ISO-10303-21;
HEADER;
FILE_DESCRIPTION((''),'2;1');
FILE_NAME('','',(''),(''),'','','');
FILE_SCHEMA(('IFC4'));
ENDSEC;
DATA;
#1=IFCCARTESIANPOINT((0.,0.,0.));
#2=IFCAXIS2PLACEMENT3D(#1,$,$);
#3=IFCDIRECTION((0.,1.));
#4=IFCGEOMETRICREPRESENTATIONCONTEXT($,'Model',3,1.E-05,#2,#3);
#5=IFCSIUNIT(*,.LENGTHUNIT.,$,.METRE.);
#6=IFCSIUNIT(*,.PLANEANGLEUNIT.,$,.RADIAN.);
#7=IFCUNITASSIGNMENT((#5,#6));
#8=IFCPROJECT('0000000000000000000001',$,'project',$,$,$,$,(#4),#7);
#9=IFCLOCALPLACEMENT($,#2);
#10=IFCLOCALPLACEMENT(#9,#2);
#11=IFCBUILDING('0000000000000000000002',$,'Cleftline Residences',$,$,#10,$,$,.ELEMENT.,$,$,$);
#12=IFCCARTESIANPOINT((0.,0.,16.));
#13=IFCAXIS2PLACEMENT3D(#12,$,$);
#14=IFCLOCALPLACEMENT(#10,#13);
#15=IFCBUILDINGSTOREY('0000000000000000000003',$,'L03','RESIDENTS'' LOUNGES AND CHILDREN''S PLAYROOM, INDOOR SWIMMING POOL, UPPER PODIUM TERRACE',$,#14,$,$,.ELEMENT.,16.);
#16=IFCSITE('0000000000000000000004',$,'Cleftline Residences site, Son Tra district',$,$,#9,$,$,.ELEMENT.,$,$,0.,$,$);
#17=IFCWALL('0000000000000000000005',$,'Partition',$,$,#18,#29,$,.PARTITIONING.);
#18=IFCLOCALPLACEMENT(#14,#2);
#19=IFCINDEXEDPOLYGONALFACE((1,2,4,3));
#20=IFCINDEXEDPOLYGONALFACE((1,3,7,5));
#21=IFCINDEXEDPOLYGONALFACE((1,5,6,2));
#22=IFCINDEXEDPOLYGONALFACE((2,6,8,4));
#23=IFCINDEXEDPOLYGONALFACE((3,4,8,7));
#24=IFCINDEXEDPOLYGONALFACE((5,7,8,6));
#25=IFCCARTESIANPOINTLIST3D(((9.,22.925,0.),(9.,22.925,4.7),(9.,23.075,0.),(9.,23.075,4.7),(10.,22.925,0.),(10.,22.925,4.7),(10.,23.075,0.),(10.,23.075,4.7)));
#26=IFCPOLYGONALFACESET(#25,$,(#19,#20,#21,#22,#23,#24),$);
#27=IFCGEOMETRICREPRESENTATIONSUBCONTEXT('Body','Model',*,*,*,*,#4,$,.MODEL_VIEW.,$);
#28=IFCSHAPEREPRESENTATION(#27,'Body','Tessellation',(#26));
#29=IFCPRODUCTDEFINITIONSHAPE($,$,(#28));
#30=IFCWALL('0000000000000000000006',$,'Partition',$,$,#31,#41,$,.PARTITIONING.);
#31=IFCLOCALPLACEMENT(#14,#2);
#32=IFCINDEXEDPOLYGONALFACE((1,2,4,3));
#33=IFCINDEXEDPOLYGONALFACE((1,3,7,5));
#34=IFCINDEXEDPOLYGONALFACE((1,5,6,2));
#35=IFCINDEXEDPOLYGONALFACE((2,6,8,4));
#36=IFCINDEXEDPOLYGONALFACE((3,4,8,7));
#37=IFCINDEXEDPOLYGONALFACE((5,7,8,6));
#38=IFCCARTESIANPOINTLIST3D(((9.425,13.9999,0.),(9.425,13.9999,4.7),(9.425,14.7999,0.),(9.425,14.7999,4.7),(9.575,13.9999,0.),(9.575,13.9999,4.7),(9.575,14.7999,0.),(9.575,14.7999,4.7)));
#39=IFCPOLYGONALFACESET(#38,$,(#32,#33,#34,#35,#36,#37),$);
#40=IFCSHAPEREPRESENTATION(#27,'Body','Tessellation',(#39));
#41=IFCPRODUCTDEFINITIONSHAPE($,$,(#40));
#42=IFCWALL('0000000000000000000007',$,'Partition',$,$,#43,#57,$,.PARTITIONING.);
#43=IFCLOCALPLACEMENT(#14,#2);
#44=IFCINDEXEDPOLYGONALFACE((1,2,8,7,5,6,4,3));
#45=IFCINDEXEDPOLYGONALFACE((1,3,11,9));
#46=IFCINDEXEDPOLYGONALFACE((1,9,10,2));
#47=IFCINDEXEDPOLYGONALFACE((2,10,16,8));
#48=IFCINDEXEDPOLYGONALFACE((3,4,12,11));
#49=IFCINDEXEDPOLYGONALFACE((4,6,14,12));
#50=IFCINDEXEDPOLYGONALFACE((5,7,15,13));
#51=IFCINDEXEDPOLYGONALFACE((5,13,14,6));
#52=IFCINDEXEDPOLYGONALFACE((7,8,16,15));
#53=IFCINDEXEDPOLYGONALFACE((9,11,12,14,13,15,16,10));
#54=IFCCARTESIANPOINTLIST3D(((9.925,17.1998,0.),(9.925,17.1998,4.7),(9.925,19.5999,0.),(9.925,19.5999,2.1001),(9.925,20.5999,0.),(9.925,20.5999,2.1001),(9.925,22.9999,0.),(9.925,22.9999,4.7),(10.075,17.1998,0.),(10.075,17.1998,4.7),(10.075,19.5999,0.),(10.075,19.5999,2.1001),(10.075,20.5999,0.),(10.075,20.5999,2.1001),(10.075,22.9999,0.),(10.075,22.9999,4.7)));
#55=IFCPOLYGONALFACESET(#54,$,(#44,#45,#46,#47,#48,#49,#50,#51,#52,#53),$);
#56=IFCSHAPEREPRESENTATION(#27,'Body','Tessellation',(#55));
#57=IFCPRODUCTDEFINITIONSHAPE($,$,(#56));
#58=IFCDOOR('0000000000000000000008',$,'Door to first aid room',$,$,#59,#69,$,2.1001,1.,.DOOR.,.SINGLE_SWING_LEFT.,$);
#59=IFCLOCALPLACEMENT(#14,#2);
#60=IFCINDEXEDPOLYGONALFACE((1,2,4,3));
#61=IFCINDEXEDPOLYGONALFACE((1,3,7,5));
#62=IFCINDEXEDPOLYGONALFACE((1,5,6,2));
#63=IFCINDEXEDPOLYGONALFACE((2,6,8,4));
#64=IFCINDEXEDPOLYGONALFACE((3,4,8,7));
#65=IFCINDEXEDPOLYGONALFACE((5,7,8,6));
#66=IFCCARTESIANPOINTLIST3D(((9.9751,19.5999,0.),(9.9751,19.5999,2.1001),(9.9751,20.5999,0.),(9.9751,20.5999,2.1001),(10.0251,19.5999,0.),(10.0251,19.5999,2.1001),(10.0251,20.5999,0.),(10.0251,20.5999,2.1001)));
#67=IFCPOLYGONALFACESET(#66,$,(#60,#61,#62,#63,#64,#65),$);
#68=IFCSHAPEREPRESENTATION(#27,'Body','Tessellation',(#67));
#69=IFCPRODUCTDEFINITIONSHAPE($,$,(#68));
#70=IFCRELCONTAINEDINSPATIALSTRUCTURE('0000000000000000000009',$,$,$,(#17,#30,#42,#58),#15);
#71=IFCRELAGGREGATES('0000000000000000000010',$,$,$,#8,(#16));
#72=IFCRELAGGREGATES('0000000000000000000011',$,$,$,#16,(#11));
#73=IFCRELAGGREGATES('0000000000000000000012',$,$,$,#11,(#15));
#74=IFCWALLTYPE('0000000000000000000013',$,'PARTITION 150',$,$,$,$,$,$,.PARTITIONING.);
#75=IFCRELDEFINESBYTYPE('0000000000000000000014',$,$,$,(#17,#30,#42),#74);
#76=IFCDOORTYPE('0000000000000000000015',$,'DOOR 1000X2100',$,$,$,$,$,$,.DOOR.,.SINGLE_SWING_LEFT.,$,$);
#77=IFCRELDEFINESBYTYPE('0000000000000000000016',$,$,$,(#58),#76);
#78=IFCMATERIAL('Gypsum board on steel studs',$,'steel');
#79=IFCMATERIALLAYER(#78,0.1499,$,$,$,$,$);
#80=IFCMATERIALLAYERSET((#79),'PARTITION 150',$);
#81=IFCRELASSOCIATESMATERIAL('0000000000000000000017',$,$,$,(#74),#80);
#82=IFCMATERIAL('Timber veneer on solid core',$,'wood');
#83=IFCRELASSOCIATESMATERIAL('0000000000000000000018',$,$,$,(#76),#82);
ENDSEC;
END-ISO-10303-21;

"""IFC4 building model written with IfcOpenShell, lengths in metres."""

from ifc_helpers import new_model, si_unit, direction, frame, frame_2d, origin, place, context, subcontext, project, spatial, rectangle, extrude, material, layer, layer_set, type_object, element, fill, save


model = new_model("IFC4")

# Units and contexts
model_context = context("Model", 3, precision=1e-05, world=origin(), true_north=direction((0.0, 1.0)))
body_context = subcontext(model_context, "Body", "Model", "MODEL_VIEW")
ifc_project = project(units=[si_unit("LENGTHUNIT", "METRE"), si_unit("PLANEANGLEUNIT", "RADIAN")], contexts=[model_context])

# Site, building, storey
site_placement = place(None, origin())
site = spatial("IfcSite", under=ifc_project, at=site_placement, Name="Cleftline Residences site, Son Tra district", CompositionType="ELEMENT", RefElevation=0.0)
building_placement = place(site_placement, origin())
building = spatial("IfcBuilding", under=site, at=building_placement, Name="Cleftline Residences", CompositionType="ELEMENT")
storey_placement = place(building_placement, frame((0.0, 0.0, 16.0)))
storey = spatial("IfcBuildingStorey", under=building, at=storey_placement, Name="L03", Description="RESIDENTS' LOUNGES AND CHILDREN'S PLAYROOM, INDOOR SWIMMING POOL, UPPER PODIUM TERRACE", CompositionType="ELEMENT", Elevation=16.0)

# Shared definitions
ifc_material_1 = material(Name="Gypsum board on steel studs", Category="steel")
ifc_layer_1 = layer(ifc_material_1, 0.1499)
ifc_layer_set_1 = layer_set([ifc_layer_1], Name="PARTITION 150")
wall_type_1 = type_object("IfcWallType", Name="PARTITION 150", PredefinedType="PARTITIONING", material=ifc_layer_set_1)

# Walls
wall_1_placement = place(storey_placement, frame((9.0, 23.0, 0.0), z_axis=(0.0, 0.0, 1.0), x_axis=(1.0, 0.0, 0.0)))
element("IfcWall", 1, at=wall_1_placement, inside=storey, type_object=wall_type_1, Name="Partition", PredefinedType="PARTITIONING", context=body_context, shape_type="SweptSolid", body=[
    extrude(rectangle(XDim=1.0, YDim=0.1499, at=frame_2d((0.5, 0.0))), origin(), (0.0, 0.0, 1.0), 4.7),
])
wall_2_placement = place(storey_placement, frame((9.5, 14.0, 0.0), z_axis=(0.0, 0.0, 1.0), x_axis=(0.0, 1.0, 0.0)))
element("IfcWall", 2, at=wall_2_placement, inside=storey, type_object=wall_type_1, Name="Partition", PredefinedType="PARTITIONING", context=body_context, shape_type="SweptSolid", body=[
    extrude(rectangle(XDim=0.8, YDim=0.1499, at=frame_2d((0.3999, 0.0))), origin(), (0.0, 0.0, 1.0), 4.7),
])

# Wall, opening, door
wall_3_placement = place(storey_placement, frame((10.0, 17.2, 0.0), z_axis=(0.0, 0.0, 1.0), x_axis=(0.0, 1.0, 0.0)))
wall_3 = element("IfcWall", 3, at=wall_3_placement, inside=storey, type_object=wall_type_1, Name="Partition", PredefinedType="PARTITIONING", context=body_context, shape_type="SweptSolid", body=[
    extrude(rectangle(XDim=5.8, YDim=0.1499, at=frame_2d((2.8999, 0.0))), origin(), (0.0, 0.0, 1.0), 4.7),
])
opening_1_placement = place(wall_3_placement, frame((2.3999, 0.0, 0.0)))
opening_1 = element("IfcOpeningElement", 4, at=opening_1_placement, cuts=wall_3, PredefinedType="OPENING", context=body_context, shape_type="SweptSolid", body=[
    extrude(rectangle(XDim=1.0, YDim=2.1001, at=frame_2d((0.5, 1.05))), frame((0.0, 0.085, 0.0), z_axis=(0.0, -1.0, 0.0), x_axis=(1.0, 0.0, 0.0)), (0.0, 0.0, 1.0), 0.1699),
])
ifc_material_2 = material(Name="Timber veneer on solid core", Category="wood")
door_type_1 = type_object("IfcDoorType", Name="DOOR 1000X2100", OperationType="SINGLE_SWING_LEFT", PredefinedType="DOOR", material=ifc_material_2)
door_1_placement = place(opening_1_placement, origin())
door_1 = element("IfcDoor", 5, at=door_1_placement, inside=storey, type_object=door_type_1, Name="Door to first aid room", OperationType="SINGLE_SWING_LEFT", OverallHeight=2.1001, OverallWidth=1.0, PredefinedType="DOOR", context=body_context, shape_type="SweptSolid", body=[
    extrude(rectangle(XDim=1.0, YDim=2.1001, at=frame_2d((0.5, 1.05))), frame((0.0, 0.0249, 0.0), z_axis=(0.0, -1.0, 0.0), x_axis=(1.0, 0.0, 0.0)), (0.0, 0.0, 1.0), 0.05),
])
fill(opening_1, door_1)

save(model, "model.ifc")
